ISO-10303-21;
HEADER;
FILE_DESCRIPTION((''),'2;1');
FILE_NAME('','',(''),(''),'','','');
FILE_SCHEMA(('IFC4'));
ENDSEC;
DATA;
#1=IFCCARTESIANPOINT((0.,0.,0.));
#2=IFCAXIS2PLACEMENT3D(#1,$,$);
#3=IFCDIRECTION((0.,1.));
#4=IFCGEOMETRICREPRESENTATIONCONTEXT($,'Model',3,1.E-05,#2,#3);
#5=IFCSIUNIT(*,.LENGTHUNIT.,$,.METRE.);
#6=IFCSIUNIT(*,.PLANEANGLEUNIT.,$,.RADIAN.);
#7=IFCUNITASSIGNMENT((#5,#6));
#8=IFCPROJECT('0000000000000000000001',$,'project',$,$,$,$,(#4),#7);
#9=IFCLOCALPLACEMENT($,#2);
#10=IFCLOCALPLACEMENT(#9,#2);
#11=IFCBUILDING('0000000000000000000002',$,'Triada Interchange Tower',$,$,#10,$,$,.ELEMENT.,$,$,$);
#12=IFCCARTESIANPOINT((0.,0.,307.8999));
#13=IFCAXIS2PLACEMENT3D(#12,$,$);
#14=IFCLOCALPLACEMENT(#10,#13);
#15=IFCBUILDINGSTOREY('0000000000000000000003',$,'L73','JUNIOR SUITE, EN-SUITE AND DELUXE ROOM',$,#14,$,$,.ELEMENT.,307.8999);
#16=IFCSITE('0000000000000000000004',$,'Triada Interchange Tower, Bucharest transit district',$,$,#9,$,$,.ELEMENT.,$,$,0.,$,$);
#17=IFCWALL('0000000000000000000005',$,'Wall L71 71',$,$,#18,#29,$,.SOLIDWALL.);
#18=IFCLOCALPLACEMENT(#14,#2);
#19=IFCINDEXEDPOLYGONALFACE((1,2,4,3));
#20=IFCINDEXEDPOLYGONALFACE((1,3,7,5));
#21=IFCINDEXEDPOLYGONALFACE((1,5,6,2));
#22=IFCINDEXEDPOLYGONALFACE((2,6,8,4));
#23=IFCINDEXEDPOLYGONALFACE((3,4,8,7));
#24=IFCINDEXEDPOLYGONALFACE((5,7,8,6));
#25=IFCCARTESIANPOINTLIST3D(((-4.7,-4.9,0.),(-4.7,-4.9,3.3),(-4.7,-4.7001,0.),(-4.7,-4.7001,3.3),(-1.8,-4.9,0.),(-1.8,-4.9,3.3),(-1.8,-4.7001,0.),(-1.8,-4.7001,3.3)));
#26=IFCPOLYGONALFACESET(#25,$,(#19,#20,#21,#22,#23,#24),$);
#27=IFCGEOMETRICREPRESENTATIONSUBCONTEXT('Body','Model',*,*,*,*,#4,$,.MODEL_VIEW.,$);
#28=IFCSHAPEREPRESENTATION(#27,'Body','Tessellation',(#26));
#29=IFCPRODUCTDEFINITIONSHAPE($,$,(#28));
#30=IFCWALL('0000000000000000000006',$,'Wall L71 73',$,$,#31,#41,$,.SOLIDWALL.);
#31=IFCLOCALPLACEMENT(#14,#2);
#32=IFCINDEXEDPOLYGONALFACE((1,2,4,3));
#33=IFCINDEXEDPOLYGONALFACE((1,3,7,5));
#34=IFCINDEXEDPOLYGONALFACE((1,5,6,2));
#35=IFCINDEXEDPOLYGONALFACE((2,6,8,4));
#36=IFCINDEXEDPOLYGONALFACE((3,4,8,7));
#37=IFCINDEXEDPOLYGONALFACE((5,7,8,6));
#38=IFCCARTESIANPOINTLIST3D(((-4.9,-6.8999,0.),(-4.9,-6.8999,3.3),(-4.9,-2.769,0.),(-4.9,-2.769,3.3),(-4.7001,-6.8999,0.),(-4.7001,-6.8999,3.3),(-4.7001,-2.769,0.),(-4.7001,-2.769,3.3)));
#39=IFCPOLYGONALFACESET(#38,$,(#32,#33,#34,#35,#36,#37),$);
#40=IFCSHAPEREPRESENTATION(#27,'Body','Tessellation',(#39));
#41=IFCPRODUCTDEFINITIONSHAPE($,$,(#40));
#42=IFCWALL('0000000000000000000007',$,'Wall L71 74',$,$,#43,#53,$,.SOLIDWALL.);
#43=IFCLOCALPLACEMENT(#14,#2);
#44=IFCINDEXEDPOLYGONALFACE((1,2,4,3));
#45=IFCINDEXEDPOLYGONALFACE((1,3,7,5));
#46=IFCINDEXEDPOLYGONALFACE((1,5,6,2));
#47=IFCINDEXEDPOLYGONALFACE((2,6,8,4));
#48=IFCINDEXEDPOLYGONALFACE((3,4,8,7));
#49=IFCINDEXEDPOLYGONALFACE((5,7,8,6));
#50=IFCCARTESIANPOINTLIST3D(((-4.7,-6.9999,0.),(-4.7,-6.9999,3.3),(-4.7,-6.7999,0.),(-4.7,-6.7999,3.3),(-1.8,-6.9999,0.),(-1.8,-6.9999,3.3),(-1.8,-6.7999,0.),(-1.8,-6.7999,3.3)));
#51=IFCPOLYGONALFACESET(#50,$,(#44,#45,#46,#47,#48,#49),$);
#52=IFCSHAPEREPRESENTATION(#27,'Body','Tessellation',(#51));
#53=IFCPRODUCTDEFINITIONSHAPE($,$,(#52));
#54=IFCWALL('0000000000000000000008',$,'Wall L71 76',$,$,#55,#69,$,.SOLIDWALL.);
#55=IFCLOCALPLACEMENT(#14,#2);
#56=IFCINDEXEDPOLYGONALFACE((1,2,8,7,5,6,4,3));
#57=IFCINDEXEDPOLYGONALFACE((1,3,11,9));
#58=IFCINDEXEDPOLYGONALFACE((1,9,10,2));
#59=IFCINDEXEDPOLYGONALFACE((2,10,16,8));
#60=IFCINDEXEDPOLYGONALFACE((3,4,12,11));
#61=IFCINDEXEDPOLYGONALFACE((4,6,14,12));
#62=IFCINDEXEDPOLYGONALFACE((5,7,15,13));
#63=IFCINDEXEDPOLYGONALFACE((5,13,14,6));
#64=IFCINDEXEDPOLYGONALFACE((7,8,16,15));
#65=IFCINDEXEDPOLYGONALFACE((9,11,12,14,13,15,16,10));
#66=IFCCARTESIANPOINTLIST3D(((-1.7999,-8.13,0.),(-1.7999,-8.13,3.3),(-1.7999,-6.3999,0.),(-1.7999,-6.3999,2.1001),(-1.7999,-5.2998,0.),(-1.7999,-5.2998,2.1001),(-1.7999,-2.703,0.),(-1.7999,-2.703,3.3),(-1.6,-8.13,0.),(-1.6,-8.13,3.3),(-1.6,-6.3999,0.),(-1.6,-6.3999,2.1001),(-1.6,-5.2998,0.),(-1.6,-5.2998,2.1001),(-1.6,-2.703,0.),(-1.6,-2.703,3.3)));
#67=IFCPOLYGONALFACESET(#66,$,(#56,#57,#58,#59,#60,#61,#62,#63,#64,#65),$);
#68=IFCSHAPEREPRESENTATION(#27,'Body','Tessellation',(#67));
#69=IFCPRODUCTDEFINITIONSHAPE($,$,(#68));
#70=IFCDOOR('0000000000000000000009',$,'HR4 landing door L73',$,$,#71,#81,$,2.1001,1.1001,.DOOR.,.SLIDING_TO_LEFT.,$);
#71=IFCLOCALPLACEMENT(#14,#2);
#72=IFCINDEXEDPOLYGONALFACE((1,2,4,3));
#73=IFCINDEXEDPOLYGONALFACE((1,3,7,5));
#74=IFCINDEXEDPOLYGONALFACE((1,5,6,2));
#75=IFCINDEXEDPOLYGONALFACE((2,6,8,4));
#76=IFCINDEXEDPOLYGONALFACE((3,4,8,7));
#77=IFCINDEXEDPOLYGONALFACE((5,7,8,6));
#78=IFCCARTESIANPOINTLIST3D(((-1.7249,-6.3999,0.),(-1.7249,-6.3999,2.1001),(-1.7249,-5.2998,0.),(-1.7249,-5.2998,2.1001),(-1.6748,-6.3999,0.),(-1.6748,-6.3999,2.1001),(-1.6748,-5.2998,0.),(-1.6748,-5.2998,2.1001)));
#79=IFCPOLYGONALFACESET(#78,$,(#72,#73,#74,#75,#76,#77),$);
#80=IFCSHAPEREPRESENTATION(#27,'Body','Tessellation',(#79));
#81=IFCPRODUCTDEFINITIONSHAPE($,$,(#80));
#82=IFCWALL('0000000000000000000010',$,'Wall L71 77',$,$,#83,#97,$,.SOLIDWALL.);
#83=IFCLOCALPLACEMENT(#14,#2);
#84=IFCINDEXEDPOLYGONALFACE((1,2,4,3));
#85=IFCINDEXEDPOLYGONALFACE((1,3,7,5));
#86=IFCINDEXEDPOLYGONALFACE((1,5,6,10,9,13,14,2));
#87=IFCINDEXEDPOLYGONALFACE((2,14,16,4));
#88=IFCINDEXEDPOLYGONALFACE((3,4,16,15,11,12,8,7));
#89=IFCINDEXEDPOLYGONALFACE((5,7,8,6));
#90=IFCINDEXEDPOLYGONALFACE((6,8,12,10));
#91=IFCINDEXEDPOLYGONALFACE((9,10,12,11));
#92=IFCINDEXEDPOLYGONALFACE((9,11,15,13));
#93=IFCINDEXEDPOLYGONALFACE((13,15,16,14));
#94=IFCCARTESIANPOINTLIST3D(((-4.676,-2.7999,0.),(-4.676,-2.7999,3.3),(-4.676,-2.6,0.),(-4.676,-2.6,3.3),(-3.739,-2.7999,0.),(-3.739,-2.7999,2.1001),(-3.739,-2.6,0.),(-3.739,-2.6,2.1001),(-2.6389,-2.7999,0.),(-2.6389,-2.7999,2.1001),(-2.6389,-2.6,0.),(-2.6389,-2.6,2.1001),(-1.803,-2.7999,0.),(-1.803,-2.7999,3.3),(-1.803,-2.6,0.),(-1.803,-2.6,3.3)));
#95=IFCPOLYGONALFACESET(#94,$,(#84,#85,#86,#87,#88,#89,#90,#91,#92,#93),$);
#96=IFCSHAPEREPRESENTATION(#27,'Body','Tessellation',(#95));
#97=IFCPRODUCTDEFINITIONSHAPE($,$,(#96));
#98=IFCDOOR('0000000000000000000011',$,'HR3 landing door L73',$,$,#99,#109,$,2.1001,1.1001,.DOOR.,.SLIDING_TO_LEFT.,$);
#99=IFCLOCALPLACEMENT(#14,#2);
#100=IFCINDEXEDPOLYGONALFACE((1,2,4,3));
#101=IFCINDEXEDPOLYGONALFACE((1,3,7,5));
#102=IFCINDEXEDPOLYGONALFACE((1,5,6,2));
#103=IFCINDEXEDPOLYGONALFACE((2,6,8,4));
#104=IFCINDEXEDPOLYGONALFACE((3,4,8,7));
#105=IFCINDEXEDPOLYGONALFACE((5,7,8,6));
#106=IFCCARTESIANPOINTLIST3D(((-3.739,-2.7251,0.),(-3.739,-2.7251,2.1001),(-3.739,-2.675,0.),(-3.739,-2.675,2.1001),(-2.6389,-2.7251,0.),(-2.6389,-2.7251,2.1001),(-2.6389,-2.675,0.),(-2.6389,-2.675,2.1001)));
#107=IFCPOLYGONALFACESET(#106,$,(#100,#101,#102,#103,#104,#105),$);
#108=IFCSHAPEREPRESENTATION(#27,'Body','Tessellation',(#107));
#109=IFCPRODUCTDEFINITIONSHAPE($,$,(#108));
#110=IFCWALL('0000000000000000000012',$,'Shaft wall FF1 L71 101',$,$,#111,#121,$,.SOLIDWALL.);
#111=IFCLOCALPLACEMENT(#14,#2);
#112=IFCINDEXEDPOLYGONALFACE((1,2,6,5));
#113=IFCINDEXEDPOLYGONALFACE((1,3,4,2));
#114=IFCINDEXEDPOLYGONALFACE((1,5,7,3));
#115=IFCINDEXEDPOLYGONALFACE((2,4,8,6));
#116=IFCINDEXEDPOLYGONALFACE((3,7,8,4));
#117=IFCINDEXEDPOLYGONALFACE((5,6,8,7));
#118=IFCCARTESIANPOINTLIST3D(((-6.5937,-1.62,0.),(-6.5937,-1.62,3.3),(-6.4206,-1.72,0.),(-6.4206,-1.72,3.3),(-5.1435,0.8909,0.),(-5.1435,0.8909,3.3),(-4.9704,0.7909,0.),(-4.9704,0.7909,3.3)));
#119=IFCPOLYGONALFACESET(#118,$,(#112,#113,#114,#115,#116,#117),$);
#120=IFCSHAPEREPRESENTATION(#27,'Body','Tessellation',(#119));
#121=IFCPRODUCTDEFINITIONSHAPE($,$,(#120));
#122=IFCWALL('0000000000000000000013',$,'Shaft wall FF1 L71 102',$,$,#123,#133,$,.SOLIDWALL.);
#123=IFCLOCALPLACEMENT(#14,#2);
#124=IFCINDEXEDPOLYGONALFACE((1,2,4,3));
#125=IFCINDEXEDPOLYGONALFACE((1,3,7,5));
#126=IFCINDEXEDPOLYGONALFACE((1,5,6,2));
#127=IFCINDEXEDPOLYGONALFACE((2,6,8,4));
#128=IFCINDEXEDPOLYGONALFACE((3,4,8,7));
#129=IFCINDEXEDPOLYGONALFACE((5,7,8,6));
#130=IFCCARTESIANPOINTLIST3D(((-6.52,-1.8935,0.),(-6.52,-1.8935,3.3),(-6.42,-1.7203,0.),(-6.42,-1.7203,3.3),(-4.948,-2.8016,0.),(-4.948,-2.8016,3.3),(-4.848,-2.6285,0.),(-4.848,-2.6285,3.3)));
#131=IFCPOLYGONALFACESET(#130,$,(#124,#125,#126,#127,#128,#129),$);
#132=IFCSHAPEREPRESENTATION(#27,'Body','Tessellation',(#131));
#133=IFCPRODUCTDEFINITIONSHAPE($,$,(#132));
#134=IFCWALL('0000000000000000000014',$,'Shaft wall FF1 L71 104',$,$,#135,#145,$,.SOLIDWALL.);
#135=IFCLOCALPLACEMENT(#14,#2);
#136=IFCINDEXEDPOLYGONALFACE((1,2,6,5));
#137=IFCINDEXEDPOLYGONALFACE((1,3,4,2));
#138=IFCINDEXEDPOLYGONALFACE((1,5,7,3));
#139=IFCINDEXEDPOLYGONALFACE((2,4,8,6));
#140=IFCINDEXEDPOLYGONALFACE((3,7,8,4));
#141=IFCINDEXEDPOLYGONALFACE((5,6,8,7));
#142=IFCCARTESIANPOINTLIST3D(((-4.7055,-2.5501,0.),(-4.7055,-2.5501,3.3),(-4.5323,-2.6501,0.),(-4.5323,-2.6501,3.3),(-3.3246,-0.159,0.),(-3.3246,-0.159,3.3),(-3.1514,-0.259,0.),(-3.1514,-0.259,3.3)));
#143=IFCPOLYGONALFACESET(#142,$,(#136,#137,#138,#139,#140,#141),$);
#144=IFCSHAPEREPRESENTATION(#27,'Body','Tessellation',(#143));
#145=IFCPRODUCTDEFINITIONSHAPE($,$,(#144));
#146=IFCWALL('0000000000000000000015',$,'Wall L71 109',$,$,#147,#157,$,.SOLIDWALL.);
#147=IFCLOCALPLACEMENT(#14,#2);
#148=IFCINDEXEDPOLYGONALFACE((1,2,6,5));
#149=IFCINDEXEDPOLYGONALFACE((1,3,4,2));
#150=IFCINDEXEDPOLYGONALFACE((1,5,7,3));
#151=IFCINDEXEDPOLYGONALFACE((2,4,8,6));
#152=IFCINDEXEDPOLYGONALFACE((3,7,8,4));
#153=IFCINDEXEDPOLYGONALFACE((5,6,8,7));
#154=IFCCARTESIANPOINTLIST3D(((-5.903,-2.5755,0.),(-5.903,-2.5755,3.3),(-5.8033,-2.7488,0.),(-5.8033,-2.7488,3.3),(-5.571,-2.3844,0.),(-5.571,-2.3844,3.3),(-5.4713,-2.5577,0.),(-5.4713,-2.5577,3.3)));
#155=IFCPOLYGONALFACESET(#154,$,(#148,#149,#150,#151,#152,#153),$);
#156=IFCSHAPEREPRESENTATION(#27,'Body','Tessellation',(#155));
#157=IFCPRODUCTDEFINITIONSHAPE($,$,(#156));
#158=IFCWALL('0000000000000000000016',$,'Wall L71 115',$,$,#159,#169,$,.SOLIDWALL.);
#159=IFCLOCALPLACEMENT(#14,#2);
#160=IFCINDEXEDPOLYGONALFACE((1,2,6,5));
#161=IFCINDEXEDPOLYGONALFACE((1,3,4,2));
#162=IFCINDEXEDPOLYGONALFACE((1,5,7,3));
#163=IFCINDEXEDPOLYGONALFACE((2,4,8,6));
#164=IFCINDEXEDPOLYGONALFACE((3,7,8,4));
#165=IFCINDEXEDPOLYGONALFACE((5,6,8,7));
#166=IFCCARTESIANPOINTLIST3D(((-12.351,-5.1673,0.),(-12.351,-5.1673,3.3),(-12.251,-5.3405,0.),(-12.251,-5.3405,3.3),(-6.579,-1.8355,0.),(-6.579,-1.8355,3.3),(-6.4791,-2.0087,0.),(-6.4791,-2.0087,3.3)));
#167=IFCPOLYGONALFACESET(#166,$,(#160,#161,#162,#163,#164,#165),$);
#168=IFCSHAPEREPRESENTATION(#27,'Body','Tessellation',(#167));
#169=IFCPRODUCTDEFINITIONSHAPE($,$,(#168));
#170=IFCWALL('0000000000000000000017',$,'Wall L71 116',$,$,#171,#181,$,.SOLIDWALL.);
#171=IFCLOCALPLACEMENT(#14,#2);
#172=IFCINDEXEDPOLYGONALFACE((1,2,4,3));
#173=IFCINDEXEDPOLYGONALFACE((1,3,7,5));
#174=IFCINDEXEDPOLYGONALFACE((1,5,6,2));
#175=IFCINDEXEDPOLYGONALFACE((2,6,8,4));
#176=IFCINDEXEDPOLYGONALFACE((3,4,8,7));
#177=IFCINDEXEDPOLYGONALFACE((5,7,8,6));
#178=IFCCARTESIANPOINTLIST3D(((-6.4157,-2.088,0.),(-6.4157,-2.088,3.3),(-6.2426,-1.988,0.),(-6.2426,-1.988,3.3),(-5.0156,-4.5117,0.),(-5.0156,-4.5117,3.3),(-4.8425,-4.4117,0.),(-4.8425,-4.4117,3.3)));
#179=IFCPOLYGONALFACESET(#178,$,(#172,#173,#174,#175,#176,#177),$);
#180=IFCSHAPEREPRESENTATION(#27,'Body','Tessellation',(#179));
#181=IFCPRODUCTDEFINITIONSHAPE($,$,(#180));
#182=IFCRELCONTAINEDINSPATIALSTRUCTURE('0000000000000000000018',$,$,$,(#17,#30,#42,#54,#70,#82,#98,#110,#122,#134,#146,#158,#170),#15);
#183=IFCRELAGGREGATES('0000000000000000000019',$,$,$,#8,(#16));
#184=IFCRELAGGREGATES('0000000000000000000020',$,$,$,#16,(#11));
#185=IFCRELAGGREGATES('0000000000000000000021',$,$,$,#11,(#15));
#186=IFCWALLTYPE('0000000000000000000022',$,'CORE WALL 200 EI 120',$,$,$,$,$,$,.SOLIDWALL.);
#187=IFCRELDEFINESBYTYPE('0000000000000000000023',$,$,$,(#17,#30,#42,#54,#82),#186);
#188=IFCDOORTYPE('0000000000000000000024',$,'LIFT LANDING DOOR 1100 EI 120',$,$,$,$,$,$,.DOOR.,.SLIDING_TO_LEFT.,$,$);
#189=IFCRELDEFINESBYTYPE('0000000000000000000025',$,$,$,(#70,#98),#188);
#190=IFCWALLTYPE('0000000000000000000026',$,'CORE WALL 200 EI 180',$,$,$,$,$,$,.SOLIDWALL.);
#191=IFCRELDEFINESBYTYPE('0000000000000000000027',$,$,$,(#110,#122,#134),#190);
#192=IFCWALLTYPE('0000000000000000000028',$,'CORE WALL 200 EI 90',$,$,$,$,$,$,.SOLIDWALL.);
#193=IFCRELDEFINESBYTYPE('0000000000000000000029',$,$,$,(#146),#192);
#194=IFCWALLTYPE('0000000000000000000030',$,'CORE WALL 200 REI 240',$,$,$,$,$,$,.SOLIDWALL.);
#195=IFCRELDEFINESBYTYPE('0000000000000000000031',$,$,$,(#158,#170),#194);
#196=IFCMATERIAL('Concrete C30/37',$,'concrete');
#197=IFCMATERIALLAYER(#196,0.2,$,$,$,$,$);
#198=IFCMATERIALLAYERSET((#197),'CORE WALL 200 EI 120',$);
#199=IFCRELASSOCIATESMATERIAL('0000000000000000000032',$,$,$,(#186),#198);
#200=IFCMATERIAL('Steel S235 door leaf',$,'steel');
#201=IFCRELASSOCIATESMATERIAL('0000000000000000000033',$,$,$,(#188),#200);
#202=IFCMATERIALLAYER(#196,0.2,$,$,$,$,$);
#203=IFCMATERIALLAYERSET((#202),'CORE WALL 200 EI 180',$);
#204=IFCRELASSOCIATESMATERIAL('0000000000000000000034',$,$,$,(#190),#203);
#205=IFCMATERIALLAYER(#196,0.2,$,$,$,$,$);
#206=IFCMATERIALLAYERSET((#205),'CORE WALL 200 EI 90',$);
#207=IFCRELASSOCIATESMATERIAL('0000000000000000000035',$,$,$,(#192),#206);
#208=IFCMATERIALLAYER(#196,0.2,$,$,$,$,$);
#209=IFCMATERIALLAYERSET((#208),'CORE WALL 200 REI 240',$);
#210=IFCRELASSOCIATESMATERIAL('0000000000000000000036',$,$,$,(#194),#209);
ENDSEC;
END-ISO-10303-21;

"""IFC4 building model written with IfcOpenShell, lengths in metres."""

from ifc_helpers import new_model, si_unit, direction, frame, frame_2d, origin, place, context, subcontext, project, spatial, rectangle, extrude, material, layer, layer_set, type_object, element, fill, save


model = new_model("IFC4")

# Units and contexts
model_context = context("Model", 3, precision=1e-05, world=origin(), true_north=direction((0.0, 1.0)))
body_context = subcontext(model_context, "Body", "Model", "MODEL_VIEW")
ifc_project = project(units=[si_unit("LENGTHUNIT", "METRE"), si_unit("PLANEANGLEUNIT", "RADIAN")], contexts=[model_context])

# Site, building, storey
site_placement = place(None, origin())
site = spatial("IfcSite", under=ifc_project, at=site_placement, Name="Triada Interchange Tower, Bucharest transit district", CompositionType="ELEMENT", RefElevation=0.0)
building_placement = place(site_placement, origin())
building = spatial("IfcBuilding", under=site, at=building_placement, Name="Triada Interchange Tower", CompositionType="ELEMENT")
storey_placement = place(building_placement, frame((0.0, 0.0, 307.8999)))
storey = spatial("IfcBuildingStorey", under=building, at=storey_placement, Name="L73", Description="JUNIOR SUITE, EN-SUITE AND DELUXE ROOM", CompositionType="ELEMENT", Elevation=307.8999)

# Walls
ifc_material_1 = material(Name="Concrete C30/37", Category="concrete")
ifc_layer_1 = layer(ifc_material_1, 0.2)
ifc_layer_set_1 = layer_set([ifc_layer_1], Name="CORE WALL 200 EI 120")
wall_type_1 = type_object("IfcWallType", Name="CORE WALL 200 EI 120", PredefinedType="SOLIDWALL", material=ifc_layer_set_1)
wall_1_placement = place(storey_placement, frame((-4.7, -4.8, 0.0), z_axis=(0.0, 0.0, 1.0), x_axis=(1.0, 0.0, 0.0)))
element("IfcWall", 1, at=wall_1_placement, inside=storey, type_object=wall_type_1, Name="Wall L71 71", PredefinedType="SOLIDWALL", context=body_context, shape_type="SweptSolid", body=[
    extrude(rectangle(XDim=2.8999, YDim=0.2, at=frame_2d((1.45, 0.0))), origin(), (0.0, 0.0, 1.0), 3.3),
])
wall_2_placement = place(storey_placement, frame((-4.8, -6.8999, 0.0), z_axis=(0.0, 0.0, 1.0), x_axis=(0.0, 1.0, 0.0)))
element("IfcWall", 2, at=wall_2_placement, inside=storey, type_object=wall_type_1, Name="Wall L71 73", PredefinedType="SOLIDWALL", context=body_context, shape_type="SweptSolid", body=[
    extrude(rectangle(XDim=4.1309, YDim=0.2, at=frame_2d((2.0654, 0.0))), origin(), (0.0, 0.0, 1.0), 3.3),
])
wall_3_placement = place(storey_placement, frame((-4.7, -6.8999, 0.0), z_axis=(0.0, 0.0, 1.0), x_axis=(1.0, 0.0, 0.0)))
element("IfcWall", 3, at=wall_3_placement, inside=storey, type_object=wall_type_1, Name="Wall L71 74", PredefinedType="SOLIDWALL", context=body_context, shape_type="SweptSolid", body=[
    extrude(rectangle(XDim=2.8999, YDim=0.2, at=frame_2d((1.45, 0.0))), origin(), (0.0, 0.0, 1.0), 3.3),
])

# Walls, openings, doors
wall_4_placement = place(storey_placement, frame((-1.7, -8.1299, 0.0), z_axis=(0.0, 0.0, 1.0), x_axis=(0.0, 1.0, 0.0)))
wall_4 = element("IfcWall", 4, at=wall_4_placement, inside=storey, type_object=wall_type_1, Name="Wall L71 76", PredefinedType="SOLIDWALL", context=body_context, shape_type="SweptSolid", body=[
    extrude(rectangle(XDim=5.427, YDim=0.2, at=frame_2d((2.7134, 0.0))), origin(), (0.0, 0.0, 1.0), 3.3),
])
opening_1_placement = place(wall_4_placement, frame((1.73, 0.0, 0.0)))
opening_1 = element("IfcOpeningElement", 5, at=opening_1_placement, cuts=wall_4, PredefinedType="OPENING", context=body_context, shape_type="SweptSolid", body=[
    extrude(rectangle(XDim=1.1001, YDim=2.1001, at=frame_2d((0.55, 1.05))), frame((0.0, 0.1099, 0.0), z_axis=(0.0, -1.0, 0.0), x_axis=(1.0, 0.0, 0.0)), (0.0, 0.0, 1.0), 0.22),
])
ifc_material_2 = material(Name="Steel S235 door leaf", Category="steel")
door_type_1 = type_object("IfcDoorType", Name="LIFT LANDING DOOR 1100 EI 120", OperationType="SLIDING_TO_LEFT", PredefinedType="DOOR", material=ifc_material_2)
door_1_placement = place(opening_1_placement, origin())
door_1 = element("IfcDoor", 6, at=door_1_placement, inside=storey, type_object=door_type_1, Name="HR4 landing door L73", OperationType="SLIDING_TO_LEFT", OverallHeight=2.1001, OverallWidth=1.1001, PredefinedType="DOOR", context=body_context, shape_type="SweptSolid", body=[
    extrude(rectangle(XDim=1.1001, YDim=2.1001, at=frame_2d((0.55, 1.05))), frame((0.0, 0.0249, 0.0), z_axis=(0.0, -1.0, 0.0), x_axis=(1.0, 0.0, 0.0)), (0.0, 0.0, 1.0), 0.05),
])
fill(opening_1, door_1)
wall_5_placement = place(storey_placement, frame((-4.676, -2.7, 0.0), z_axis=(0.0, 0.0, 1.0), x_axis=(1.0, 0.0, 0.0)))
wall_5 = element("IfcWall", 7, at=wall_5_placement, inside=storey, type_object=wall_type_1, Name="Wall L71 77", PredefinedType="SOLIDWALL", context=body_context, shape_type="SweptSolid", body=[
    extrude(rectangle(XDim=2.873, YDim=0.2, at=frame_2d((1.4365, 0.0))), origin(), (0.0, 0.0, 1.0), 3.3),
])
opening_2_placement = place(wall_5_placement, frame((0.937, 0.0, 0.0)))
opening_2 = element("IfcOpeningElement", 8, at=opening_2_placement, cuts=wall_5, PredefinedType="OPENING", context=body_context, shape_type="SweptSolid", body=[
    extrude(rectangle(XDim=1.1001, YDim=2.1001, at=frame_2d((0.55, 1.05))), frame((0.0, 0.1099, 0.0), z_axis=(0.0, -1.0, 0.0), x_axis=(1.0, 0.0, 0.0)), (0.0, 0.0, 1.0), 0.22),
])
door_2_placement = place(opening_2_placement, origin())
door_2 = element("IfcDoor", 9, at=door_2_placement, inside=storey, type_object=door_type_1, Name="HR3 landing door L73", OperationType="SLIDING_TO_LEFT", OverallHeight=2.1001, OverallWidth=1.1001, PredefinedType="DOOR", context=body_context, shape_type="SweptSolid", body=[
    extrude(rectangle(XDim=1.1001, YDim=2.1001, at=frame_2d((0.55, 1.05))), frame((0.0, 0.0249, 0.0), z_axis=(0.0, -1.0, 0.0), x_axis=(1.0, 0.0, 0.0)), (0.0, 0.0, 1.0), 0.05),
])
fill(opening_2, door_2)

# Walls
ifc_layer_2 = layer(ifc_material_1, 0.2)
ifc_layer_set_2 = layer_set([ifc_layer_2], Name="CORE WALL 200 EI 180")
wall_type_2 = type_object("IfcWallType", Name="CORE WALL 200 EI 180", PredefinedType="SOLIDWALL", material=ifc_layer_set_2)
wall_6_placement = place(storey_placement, frame((-6.5071, -1.6699, 0.0), z_axis=(0.0, 0.0, 1.0), x_axis=(0.500123, 0.865954, 0.0)))
element("IfcWall", 10, at=wall_6_placement, inside=storey, type_object=wall_type_2, Name="Shaft wall FF1 L71 101", PredefinedType="SOLIDWALL", context=body_context, shape_type="SweptSolid", body=[
    extrude(rectangle(XDim=2.8997, YDim=0.2, at=frame_2d((1.4497, 0.0))), origin(), (0.0, 0.0, 1.0), 3.3),
])
wall_7_placement = place(storey_placement, frame((-6.47, -1.8069, 0.0), z_axis=(0.0, 0.0, 1.0), x_axis=(0.865883, -0.500246, 0.0)))
element("IfcWall", 11, at=wall_7_placement, inside=storey, type_object=wall_type_2, Name="Shaft wall FF1 L71 102", PredefinedType="SOLIDWALL", context=body_context, shape_type="SweptSolid", body=[
    extrude(rectangle(XDim=1.8154, YDim=0.2, at=frame_2d((0.9077, 0.0))), origin(), (0.0, 0.0, 1.0), 3.3),
])
wall_8_placement = place(storey_placement, frame((-4.6189, -2.6001, 0.0), z_axis=(0.0, 0.0, 1.0), x_axis=(0.500095, 0.865971, 0.0)))
element("IfcWall", 12, at=wall_8_placement, inside=storey, type_object=wall_type_2, Name="Shaft wall FF1 L71 104", PredefinedType="SOLIDWALL", context=body_context, shape_type="SweptSolid", body=[
    extrude(rectangle(XDim=2.7612, YDim=0.2, at=frame_2d((1.3806, 0.0))), origin(), (0.0, 0.0, 1.0), 3.3),
])
ifc_layer_3 = layer(ifc_material_1, 0.2)
ifc_layer_set_3 = layer_set([ifc_layer_3], Name="CORE WALL 200 EI 90")
wall_type_3 = type_object("IfcWallType", Name="CORE WALL 200 EI 90", PredefinedType="SOLIDWALL", material=ifc_layer_set_3)
wall_9_placement = place(storey_placement, frame((-5.853, -2.6621, 0.0), z_axis=(0.0, 0.0, 1.0), x_axis=(0.866631, 0.49895, 0.0)))
element("IfcWall", 13, at=wall_9_placement, inside=storey, type_object=wall_type_3, Name="Wall L71 109", PredefinedType="SOLIDWALL", context=body_context, shape_type="SweptSolid", body=[
    extrude(rectangle(XDim=0.3831, YDim=0.2, at=frame_2d((0.1914, 0.0))), origin(), (0.0, 0.0, 1.0), 3.3),
])
ifc_layer_4 = layer(ifc_material_1, 0.2)
ifc_layer_set_4 = layer_set([ifc_layer_4], Name="CORE WALL 200 REI 240")
wall_type_4 = type_object("IfcWallType", Name="CORE WALL 200 REI 240", PredefinedType="SOLIDWALL", material=ifc_layer_set_4)
wall_10_placement = place(storey_placement, frame((-12.301, -5.2539, 0.0), z_axis=(0.0, 0.0, 1.0), x_axis=(0.866068, 0.499925, 0.0)))
element("IfcWall", 14, at=wall_10_placement, inside=storey, type_object=wall_type_4, Name="Wall L71 115", PredefinedType="SOLIDWALL", context=body_context, shape_type="SweptSolid", body=[
    extrude(rectangle(XDim=6.6646, YDim=0.2, at=frame_2d((3.3323, 0.0))), origin(), (0.0, 0.0, 1.0), 3.3),
])
wall_11_placement = place(storey_placement, frame((-6.3291, -2.0381, 0.0), z_axis=(0.0, 0.0, 1.0), x_axis=(0.500201, -0.86591, 0.0)))
element("IfcWall", 15, at=wall_11_placement, inside=storey, type_object=wall_type_4, Name="Wall L71 116", PredefinedType="SOLIDWALL", context=body_context, shape_type="SweptSolid", body=[
    extrude(rectangle(XDim=2.7991, YDim=0.2, at=frame_2d((1.3994, 0.0))), origin(), (0.0, 0.0, 1.0), 3.3),
])

save(model, "model.ifc")
